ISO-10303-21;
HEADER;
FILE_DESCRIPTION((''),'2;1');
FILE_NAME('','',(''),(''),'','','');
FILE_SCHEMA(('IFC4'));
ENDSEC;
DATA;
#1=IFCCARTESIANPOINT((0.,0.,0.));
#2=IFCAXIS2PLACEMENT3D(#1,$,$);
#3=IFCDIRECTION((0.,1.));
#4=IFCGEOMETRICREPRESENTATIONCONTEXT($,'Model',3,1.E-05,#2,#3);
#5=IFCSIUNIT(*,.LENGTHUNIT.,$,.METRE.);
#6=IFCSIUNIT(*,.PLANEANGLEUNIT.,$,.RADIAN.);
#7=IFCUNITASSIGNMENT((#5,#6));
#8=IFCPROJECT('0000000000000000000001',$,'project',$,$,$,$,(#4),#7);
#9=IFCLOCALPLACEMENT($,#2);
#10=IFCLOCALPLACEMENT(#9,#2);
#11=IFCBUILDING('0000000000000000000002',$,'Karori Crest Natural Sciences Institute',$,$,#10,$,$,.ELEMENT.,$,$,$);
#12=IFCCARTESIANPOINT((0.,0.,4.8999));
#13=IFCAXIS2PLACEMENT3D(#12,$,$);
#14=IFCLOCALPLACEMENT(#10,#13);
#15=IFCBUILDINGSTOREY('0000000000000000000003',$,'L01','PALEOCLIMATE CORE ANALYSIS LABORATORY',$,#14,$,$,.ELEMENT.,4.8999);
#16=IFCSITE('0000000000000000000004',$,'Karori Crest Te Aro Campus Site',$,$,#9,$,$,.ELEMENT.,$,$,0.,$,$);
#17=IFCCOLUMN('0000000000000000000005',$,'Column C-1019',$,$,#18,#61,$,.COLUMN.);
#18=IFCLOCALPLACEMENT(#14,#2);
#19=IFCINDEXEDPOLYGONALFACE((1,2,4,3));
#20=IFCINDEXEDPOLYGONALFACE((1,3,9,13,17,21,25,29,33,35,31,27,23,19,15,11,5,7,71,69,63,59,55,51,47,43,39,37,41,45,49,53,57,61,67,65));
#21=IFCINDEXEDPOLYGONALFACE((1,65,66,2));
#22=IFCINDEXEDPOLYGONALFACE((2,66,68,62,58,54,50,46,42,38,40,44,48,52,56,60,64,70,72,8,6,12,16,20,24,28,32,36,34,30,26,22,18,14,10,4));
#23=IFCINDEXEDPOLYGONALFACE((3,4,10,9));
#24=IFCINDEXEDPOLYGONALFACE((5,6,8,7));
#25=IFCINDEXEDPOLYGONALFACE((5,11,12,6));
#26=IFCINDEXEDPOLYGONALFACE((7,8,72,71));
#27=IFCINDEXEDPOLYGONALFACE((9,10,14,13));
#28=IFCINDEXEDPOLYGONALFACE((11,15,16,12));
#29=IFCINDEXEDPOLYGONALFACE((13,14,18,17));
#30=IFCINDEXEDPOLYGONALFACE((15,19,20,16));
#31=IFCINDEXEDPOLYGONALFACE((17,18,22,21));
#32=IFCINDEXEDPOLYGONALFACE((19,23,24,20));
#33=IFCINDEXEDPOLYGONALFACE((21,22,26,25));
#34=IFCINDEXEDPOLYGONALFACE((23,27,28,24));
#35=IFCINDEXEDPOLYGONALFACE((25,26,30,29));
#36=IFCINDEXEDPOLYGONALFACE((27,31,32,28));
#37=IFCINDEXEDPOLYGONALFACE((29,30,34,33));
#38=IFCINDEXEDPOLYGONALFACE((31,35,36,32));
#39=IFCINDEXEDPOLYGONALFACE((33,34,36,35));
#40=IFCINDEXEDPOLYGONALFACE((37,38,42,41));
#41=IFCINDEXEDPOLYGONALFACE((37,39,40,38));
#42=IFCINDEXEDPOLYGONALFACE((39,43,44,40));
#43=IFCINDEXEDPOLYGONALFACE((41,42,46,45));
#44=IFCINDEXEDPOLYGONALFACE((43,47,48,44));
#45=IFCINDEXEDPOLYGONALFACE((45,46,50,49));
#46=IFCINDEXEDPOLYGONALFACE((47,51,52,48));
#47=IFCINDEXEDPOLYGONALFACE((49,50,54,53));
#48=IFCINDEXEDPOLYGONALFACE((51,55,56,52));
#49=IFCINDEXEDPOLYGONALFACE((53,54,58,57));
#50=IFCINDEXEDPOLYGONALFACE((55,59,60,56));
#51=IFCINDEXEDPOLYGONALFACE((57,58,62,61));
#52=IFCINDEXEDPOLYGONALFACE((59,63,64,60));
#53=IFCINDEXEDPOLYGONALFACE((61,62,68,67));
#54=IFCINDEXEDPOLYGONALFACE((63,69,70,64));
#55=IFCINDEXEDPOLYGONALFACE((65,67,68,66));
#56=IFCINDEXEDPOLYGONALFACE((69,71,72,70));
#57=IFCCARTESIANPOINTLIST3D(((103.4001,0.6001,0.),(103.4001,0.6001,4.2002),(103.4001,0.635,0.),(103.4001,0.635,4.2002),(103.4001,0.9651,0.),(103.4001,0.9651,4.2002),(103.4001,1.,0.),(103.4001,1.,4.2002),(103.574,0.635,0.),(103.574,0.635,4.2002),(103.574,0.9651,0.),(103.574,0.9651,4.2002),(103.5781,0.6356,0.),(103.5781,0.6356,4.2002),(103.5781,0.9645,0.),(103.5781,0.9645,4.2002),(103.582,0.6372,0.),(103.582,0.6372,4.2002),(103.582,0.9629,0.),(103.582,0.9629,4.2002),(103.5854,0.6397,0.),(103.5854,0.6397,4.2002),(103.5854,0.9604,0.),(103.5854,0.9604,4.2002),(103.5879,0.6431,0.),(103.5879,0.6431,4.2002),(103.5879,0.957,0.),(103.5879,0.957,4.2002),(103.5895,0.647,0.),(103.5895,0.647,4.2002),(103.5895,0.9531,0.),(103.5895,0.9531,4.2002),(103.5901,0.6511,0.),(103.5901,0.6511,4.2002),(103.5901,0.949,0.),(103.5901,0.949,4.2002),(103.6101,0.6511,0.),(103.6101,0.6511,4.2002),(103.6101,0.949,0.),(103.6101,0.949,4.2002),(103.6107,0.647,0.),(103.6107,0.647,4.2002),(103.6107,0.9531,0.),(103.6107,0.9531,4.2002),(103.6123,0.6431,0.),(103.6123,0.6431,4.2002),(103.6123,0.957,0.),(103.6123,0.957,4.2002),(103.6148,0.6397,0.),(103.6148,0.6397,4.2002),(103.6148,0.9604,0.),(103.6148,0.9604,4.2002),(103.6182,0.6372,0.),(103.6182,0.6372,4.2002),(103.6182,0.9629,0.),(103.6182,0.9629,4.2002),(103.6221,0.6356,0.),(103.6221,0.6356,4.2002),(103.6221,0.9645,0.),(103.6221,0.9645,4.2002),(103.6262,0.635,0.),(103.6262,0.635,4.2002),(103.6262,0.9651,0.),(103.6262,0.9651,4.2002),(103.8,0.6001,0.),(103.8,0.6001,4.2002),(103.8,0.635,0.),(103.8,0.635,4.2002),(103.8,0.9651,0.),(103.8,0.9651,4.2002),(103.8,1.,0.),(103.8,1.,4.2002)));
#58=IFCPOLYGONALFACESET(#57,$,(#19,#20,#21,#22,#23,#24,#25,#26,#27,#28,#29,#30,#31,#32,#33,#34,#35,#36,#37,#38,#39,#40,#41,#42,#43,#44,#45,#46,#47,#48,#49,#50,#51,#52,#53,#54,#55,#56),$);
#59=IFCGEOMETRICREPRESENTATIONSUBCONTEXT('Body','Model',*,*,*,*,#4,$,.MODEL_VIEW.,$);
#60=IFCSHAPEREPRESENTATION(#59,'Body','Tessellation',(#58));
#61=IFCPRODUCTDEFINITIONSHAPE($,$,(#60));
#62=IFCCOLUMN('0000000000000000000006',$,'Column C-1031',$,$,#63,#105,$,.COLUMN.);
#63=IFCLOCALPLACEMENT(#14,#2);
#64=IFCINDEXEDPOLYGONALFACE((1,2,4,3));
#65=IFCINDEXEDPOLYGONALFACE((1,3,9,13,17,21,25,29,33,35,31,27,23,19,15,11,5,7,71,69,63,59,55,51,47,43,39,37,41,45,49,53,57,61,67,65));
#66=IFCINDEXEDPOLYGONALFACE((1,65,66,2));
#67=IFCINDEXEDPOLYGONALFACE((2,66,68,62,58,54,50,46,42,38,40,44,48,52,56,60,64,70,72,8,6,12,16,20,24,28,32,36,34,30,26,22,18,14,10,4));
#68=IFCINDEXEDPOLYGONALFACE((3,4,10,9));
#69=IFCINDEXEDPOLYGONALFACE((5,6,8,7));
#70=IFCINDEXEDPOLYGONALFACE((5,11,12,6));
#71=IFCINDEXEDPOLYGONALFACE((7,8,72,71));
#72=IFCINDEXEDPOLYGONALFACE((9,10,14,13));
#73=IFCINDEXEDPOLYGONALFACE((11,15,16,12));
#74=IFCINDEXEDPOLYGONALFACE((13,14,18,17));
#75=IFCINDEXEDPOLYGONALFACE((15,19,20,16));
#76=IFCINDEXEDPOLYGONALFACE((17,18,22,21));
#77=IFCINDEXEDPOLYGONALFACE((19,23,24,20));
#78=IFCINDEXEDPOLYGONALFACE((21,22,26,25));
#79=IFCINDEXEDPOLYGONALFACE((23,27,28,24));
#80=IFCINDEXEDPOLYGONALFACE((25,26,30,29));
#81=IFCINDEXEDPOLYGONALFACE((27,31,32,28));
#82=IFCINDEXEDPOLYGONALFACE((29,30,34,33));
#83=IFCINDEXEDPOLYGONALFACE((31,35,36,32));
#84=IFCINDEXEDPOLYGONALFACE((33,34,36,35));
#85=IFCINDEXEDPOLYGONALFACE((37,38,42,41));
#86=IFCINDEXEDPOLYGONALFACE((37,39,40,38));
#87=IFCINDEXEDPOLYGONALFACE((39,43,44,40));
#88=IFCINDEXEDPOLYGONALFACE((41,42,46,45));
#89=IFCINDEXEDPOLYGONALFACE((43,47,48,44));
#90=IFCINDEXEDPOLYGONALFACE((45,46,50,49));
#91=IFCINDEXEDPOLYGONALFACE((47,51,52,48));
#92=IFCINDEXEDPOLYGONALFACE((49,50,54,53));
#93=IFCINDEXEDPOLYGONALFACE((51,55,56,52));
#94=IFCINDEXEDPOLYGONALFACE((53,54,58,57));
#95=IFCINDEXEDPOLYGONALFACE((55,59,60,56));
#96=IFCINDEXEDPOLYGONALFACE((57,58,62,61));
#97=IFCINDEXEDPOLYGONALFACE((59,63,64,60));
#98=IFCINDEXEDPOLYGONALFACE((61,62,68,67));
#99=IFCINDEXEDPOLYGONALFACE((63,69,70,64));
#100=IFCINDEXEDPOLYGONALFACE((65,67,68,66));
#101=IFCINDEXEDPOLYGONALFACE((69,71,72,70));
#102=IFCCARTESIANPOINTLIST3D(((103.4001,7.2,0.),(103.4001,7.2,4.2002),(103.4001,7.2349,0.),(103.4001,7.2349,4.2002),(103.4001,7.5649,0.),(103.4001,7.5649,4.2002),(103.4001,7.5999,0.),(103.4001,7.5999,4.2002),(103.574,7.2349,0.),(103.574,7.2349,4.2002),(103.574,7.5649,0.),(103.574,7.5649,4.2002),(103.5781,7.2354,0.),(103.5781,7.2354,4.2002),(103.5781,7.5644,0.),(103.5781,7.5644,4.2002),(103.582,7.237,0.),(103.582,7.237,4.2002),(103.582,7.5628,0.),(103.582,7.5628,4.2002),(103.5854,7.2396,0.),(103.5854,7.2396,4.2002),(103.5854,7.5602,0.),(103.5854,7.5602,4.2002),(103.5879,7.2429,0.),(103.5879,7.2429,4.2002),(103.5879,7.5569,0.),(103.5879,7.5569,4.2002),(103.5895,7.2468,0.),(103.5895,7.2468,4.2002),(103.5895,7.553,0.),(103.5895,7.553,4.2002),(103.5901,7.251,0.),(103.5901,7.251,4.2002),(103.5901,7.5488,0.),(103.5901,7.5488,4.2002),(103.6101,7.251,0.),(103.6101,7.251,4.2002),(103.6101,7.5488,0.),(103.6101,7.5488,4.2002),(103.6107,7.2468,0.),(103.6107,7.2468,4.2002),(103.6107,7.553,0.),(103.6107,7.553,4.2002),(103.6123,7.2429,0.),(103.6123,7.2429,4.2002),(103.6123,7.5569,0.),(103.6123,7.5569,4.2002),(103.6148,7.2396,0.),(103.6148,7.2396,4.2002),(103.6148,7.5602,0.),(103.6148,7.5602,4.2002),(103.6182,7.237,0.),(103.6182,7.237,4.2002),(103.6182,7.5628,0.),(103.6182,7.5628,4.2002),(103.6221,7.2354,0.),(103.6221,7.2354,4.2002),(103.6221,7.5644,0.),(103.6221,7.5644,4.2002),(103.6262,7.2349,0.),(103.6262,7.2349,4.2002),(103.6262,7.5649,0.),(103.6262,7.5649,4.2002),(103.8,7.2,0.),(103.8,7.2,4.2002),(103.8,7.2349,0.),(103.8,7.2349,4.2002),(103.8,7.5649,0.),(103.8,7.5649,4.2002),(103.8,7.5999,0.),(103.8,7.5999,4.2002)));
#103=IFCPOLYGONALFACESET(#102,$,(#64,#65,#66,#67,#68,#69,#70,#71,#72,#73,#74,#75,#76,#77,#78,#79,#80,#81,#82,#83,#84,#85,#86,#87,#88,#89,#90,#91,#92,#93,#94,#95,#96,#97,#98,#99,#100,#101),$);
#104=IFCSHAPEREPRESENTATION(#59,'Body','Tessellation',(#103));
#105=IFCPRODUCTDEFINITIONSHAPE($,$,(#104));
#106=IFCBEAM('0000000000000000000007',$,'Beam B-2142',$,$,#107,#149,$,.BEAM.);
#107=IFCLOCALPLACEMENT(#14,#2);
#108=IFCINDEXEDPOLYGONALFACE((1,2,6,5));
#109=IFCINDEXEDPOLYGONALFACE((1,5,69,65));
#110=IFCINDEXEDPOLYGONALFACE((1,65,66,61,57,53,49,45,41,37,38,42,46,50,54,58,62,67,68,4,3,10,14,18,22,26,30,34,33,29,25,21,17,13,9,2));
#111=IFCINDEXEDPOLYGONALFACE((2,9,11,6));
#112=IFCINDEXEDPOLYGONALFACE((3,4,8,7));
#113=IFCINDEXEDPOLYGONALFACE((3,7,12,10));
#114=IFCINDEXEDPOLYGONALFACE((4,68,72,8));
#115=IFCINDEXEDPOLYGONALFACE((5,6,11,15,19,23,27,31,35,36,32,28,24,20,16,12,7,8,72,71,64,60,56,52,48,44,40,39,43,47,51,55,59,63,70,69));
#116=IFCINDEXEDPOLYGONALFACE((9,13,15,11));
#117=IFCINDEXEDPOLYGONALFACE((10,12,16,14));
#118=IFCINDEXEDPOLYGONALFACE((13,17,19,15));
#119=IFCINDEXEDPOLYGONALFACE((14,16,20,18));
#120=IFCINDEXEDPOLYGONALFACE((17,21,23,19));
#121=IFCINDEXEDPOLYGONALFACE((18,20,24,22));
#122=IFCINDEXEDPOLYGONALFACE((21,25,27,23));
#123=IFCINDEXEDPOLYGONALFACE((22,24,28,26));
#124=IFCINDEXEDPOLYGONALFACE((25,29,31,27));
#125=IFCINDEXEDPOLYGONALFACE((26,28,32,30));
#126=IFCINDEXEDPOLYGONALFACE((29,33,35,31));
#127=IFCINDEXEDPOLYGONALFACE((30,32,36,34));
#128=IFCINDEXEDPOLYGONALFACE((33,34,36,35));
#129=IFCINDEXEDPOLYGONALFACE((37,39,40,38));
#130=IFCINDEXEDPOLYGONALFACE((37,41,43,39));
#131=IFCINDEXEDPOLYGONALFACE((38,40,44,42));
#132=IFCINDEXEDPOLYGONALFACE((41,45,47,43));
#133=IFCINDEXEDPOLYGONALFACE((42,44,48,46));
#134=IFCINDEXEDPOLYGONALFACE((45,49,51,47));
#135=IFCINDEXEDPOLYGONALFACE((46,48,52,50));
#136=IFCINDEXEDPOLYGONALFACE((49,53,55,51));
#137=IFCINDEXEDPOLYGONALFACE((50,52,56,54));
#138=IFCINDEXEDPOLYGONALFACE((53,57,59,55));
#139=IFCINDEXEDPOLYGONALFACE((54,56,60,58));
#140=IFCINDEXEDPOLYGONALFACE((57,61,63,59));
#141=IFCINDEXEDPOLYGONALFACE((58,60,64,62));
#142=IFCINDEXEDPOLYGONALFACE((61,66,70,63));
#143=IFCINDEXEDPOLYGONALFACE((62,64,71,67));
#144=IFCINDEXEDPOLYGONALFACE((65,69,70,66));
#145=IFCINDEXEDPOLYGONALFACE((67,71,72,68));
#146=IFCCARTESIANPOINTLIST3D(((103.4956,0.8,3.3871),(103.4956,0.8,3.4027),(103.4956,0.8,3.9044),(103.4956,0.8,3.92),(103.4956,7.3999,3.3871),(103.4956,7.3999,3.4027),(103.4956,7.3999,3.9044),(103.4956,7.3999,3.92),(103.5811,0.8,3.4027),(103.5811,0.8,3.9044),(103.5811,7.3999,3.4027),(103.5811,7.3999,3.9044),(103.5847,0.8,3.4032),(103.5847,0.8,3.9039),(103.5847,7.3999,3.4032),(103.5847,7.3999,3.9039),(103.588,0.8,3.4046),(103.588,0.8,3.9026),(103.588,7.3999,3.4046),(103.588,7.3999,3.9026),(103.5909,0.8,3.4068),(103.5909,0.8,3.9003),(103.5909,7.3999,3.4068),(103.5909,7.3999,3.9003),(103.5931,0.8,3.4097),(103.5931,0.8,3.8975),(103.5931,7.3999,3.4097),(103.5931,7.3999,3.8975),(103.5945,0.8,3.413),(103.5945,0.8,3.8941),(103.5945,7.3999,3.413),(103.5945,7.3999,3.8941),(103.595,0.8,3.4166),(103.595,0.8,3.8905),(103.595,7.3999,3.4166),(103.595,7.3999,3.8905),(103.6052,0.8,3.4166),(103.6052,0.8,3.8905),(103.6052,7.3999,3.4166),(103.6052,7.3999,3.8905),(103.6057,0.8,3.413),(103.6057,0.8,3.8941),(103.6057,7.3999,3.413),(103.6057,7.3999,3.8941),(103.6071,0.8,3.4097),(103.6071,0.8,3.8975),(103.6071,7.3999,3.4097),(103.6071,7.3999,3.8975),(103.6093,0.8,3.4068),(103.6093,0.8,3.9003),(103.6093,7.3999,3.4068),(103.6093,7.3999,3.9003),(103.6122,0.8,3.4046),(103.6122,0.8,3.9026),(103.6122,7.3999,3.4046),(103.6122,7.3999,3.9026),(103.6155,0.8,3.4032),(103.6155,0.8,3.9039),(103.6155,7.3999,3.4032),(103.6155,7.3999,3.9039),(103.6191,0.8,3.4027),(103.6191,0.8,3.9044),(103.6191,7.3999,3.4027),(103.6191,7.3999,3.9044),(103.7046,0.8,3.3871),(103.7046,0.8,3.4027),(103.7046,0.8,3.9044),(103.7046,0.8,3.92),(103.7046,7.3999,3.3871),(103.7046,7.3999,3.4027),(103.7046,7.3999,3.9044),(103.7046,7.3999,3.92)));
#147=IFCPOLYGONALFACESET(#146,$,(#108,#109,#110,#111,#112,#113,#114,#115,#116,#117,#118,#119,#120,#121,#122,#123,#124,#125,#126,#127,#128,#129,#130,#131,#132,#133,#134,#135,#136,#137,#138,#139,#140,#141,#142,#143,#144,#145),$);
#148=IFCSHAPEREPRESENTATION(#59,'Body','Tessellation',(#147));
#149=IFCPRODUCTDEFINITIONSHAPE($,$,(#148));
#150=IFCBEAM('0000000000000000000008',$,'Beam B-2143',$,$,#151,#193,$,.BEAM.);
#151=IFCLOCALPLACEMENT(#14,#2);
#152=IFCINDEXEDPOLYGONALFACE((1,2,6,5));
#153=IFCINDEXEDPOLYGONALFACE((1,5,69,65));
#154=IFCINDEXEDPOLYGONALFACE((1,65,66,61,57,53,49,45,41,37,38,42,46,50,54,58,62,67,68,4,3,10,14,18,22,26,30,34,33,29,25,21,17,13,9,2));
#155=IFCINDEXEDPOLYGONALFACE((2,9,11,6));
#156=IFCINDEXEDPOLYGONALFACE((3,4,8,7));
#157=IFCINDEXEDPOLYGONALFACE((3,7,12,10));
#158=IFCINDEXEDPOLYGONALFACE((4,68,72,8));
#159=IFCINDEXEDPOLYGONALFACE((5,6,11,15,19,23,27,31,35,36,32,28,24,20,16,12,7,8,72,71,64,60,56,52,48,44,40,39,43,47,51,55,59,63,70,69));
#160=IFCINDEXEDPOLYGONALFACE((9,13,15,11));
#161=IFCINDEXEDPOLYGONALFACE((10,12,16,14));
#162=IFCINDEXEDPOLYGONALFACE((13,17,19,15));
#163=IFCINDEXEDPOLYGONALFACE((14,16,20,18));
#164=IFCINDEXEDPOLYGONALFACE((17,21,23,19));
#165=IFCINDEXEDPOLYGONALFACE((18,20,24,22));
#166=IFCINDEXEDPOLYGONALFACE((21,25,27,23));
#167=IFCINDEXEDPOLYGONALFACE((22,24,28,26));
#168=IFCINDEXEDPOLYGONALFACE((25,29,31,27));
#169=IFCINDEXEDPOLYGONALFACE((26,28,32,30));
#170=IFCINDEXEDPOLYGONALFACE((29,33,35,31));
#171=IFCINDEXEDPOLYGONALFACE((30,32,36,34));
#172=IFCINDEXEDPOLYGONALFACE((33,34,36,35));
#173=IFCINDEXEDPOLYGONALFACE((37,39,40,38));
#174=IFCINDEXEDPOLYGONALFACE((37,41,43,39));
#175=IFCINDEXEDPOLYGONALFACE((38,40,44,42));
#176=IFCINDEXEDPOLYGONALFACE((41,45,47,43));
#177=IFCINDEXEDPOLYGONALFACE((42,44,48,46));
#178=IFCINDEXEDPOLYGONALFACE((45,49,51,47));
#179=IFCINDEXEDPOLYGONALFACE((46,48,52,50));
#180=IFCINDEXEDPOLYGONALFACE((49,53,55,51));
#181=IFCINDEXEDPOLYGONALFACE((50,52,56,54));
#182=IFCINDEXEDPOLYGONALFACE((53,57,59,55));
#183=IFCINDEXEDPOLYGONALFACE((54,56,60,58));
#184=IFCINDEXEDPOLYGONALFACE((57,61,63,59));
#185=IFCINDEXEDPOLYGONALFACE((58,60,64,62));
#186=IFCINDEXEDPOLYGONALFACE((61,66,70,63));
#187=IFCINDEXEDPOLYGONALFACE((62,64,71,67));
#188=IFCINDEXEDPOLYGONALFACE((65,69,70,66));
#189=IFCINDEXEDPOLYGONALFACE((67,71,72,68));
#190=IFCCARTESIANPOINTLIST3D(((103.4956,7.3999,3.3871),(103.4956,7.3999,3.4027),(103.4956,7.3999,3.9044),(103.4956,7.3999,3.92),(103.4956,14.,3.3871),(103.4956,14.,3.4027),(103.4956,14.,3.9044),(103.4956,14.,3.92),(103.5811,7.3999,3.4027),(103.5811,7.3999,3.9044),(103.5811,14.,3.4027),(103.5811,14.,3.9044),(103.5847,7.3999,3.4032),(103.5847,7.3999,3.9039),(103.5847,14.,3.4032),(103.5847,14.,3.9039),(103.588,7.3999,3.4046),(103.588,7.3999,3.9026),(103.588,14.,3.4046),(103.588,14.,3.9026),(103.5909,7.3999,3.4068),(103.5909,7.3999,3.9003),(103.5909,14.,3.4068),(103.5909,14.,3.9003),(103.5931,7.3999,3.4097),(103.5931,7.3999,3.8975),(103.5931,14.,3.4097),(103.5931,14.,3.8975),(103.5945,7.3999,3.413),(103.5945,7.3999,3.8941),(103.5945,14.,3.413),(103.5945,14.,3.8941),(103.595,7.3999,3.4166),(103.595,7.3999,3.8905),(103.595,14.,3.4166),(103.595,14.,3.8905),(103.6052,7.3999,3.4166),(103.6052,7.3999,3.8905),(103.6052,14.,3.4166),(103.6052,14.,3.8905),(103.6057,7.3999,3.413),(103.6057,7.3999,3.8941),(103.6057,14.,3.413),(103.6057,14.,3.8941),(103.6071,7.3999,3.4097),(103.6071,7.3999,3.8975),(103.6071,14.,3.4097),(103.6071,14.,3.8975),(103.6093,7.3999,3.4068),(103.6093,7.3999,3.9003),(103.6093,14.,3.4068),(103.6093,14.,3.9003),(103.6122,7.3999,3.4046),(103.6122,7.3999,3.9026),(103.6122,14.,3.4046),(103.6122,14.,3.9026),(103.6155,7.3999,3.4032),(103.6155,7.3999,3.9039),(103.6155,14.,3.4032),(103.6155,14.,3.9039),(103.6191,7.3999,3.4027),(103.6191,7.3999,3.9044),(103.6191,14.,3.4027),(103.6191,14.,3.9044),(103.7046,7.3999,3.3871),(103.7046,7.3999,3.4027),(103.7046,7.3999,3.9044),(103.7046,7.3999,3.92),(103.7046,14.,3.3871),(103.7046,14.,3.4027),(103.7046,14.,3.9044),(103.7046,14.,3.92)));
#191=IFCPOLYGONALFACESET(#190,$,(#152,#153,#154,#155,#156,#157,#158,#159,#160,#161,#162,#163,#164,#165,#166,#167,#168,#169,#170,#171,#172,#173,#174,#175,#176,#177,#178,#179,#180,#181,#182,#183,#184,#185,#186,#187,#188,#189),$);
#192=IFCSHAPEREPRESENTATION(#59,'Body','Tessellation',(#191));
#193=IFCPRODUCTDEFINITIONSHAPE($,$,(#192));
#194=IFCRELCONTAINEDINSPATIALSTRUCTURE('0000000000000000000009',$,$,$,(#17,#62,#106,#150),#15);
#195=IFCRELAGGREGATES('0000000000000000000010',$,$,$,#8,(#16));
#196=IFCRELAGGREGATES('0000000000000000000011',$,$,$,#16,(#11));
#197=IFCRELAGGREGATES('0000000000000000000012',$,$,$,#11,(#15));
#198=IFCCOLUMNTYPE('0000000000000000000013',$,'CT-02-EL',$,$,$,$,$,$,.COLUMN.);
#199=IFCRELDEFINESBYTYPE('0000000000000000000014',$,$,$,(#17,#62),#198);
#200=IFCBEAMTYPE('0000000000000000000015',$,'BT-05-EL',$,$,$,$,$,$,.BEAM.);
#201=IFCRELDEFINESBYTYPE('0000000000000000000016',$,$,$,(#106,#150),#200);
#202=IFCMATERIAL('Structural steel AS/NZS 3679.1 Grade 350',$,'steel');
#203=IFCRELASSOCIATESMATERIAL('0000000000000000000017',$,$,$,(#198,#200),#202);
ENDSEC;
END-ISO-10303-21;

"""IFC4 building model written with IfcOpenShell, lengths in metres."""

from ifc_helpers import new_model, si_unit, direction, frame, origin, origin_2d, place, context, subcontext, project, spatial, i_section, extrude, material, material_profile, profile_set, type_object, element, save


model = new_model("IFC4")

# Units and contexts
model_context = context("Model", 3, precision=1e-05, world=origin(), true_north=direction((0.0, 1.0)))
body_context = subcontext(model_context, "Body", "Model", "MODEL_VIEW")
ifc_project = project(units=[si_unit("LENGTHUNIT", "METRE"), si_unit("PLANEANGLEUNIT", "RADIAN")], contexts=[model_context])

# Site, building, storey
site_placement = place(None, origin())
site = spatial("IfcSite", under=ifc_project, at=site_placement, Name="Karori Crest Te Aro Campus Site", CompositionType="ELEMENT", RefElevation=0.0)
building_placement = place(site_placement, origin())
building = spatial("IfcBuilding", under=site, at=building_placement, Name="Karori Crest Natural Sciences Institute", CompositionType="ELEMENT")
storey_placement = place(building_placement, frame((0.0, 0.0, 4.8999)))
storey = spatial("IfcBuildingStorey", under=building, at=storey_placement, Name="L01", Description="PALEOCLIMATE CORE ANALYSIS LABORATORY", CompositionType="ELEMENT", Elevation=4.8999)

# Columns
ifc_material_1 = material(Name="Structural steel AS/NZS 3679.1 Grade 350", Category="steel")
ifc_material_profile_1 = material_profile(ifc_material_1, i_section(OverallWidth=0.3999, OverallDepth=0.3999, WebThickness=0.02, FlangeThickness=0.0349, FilletRadius=0.0161, at=origin_2d()), Name="400WC328")
ifc_profile_set_1 = profile_set([ifc_material_profile_1], Name="Structural steel AS/NZS 3679.1 Grade 350")
column_type = type_object("IfcColumnType", Name="CT-02-EL", PredefinedType="COLUMN", material=ifc_profile_set_1)
for number, where, z_axis, x_axis, name in (
    (1, (103.6001, 0.8, 0.0), (0.0, 0.0, 1.0), (1.0, 0.0, 0.0), "Column C-1019"),
    (2, (103.6001, 7.3999, 0.0), (0.0, 0.0, 1.0), (1.0, 0.0, 0.0), "Column C-1031"),
):
    element("IfcColumn", number, at=place(storey_placement, frame(where, z_axis=z_axis, x_axis=x_axis)), inside=storey, type_object=column_type, Name=name, PredefinedType="COLUMN", context=body_context, shape_type="SweptSolid", body=[
        extrude(i_section(OverallWidth=0.3999, OverallDepth=0.3999, WebThickness=0.02, FlangeThickness=0.0349, FilletRadius=0.0161, at=origin_2d()), origin(), (0.0, 0.0, 1.0), 4.2002),
    ])

# Beams
ifc_material_profile_2 = material_profile(ifc_material_1, i_section(OverallWidth=0.209, OverallDepth=0.533, WebThickness=0.0103, FlangeThickness=0.0156, FilletRadius=0.0139, at=origin_2d()), Name="530UB92.4")
ifc_profile_set_2 = profile_set([ifc_material_profile_2], Name="Structural steel AS/NZS 3679.1 Grade 350")
beam_type_1 = type_object("IfcBeamType", Name="BT-05-EL", PredefinedType="BEAM", material=ifc_profile_set_2)
beam_1_placement = place(storey_placement, frame((103.6001, 0.8, 3.6536), z_axis=(0.0, 1.0, 0.0), x_axis=(-1.0, 0.0, 0.0)))
element("IfcBeam", 3, at=beam_1_placement, inside=storey, type_object=beam_type_1, Name="Beam B-2142", PredefinedType="BEAM", context=body_context, shape_type="SweptSolid", body=[
    extrude(i_section(OverallWidth=0.209, OverallDepth=0.533, WebThickness=0.0103, FlangeThickness=0.0156, FilletRadius=0.0139, at=origin_2d()), origin(), (0.0, 0.0, 1.0), 6.5999),
])
beam_2_placement = place(storey_placement, frame((103.6001, 7.3999, 3.6536), z_axis=(0.0, 1.0, 0.0), x_axis=(-1.0, 0.0, 0.0)))
element("IfcBeam", 4, at=beam_2_placement, inside=storey, type_object=beam_type_1, Name="Beam B-2143", PredefinedType="BEAM", context=body_context, shape_type="SweptSolid", body=[
    extrude(i_section(OverallWidth=0.209, OverallDepth=0.533, WebThickness=0.0103, FlangeThickness=0.0156, FilletRadius=0.0139, at=origin_2d()), origin(), (0.0, 0.0, 1.0), 6.6001),
])

save(model, "model.ifc")
